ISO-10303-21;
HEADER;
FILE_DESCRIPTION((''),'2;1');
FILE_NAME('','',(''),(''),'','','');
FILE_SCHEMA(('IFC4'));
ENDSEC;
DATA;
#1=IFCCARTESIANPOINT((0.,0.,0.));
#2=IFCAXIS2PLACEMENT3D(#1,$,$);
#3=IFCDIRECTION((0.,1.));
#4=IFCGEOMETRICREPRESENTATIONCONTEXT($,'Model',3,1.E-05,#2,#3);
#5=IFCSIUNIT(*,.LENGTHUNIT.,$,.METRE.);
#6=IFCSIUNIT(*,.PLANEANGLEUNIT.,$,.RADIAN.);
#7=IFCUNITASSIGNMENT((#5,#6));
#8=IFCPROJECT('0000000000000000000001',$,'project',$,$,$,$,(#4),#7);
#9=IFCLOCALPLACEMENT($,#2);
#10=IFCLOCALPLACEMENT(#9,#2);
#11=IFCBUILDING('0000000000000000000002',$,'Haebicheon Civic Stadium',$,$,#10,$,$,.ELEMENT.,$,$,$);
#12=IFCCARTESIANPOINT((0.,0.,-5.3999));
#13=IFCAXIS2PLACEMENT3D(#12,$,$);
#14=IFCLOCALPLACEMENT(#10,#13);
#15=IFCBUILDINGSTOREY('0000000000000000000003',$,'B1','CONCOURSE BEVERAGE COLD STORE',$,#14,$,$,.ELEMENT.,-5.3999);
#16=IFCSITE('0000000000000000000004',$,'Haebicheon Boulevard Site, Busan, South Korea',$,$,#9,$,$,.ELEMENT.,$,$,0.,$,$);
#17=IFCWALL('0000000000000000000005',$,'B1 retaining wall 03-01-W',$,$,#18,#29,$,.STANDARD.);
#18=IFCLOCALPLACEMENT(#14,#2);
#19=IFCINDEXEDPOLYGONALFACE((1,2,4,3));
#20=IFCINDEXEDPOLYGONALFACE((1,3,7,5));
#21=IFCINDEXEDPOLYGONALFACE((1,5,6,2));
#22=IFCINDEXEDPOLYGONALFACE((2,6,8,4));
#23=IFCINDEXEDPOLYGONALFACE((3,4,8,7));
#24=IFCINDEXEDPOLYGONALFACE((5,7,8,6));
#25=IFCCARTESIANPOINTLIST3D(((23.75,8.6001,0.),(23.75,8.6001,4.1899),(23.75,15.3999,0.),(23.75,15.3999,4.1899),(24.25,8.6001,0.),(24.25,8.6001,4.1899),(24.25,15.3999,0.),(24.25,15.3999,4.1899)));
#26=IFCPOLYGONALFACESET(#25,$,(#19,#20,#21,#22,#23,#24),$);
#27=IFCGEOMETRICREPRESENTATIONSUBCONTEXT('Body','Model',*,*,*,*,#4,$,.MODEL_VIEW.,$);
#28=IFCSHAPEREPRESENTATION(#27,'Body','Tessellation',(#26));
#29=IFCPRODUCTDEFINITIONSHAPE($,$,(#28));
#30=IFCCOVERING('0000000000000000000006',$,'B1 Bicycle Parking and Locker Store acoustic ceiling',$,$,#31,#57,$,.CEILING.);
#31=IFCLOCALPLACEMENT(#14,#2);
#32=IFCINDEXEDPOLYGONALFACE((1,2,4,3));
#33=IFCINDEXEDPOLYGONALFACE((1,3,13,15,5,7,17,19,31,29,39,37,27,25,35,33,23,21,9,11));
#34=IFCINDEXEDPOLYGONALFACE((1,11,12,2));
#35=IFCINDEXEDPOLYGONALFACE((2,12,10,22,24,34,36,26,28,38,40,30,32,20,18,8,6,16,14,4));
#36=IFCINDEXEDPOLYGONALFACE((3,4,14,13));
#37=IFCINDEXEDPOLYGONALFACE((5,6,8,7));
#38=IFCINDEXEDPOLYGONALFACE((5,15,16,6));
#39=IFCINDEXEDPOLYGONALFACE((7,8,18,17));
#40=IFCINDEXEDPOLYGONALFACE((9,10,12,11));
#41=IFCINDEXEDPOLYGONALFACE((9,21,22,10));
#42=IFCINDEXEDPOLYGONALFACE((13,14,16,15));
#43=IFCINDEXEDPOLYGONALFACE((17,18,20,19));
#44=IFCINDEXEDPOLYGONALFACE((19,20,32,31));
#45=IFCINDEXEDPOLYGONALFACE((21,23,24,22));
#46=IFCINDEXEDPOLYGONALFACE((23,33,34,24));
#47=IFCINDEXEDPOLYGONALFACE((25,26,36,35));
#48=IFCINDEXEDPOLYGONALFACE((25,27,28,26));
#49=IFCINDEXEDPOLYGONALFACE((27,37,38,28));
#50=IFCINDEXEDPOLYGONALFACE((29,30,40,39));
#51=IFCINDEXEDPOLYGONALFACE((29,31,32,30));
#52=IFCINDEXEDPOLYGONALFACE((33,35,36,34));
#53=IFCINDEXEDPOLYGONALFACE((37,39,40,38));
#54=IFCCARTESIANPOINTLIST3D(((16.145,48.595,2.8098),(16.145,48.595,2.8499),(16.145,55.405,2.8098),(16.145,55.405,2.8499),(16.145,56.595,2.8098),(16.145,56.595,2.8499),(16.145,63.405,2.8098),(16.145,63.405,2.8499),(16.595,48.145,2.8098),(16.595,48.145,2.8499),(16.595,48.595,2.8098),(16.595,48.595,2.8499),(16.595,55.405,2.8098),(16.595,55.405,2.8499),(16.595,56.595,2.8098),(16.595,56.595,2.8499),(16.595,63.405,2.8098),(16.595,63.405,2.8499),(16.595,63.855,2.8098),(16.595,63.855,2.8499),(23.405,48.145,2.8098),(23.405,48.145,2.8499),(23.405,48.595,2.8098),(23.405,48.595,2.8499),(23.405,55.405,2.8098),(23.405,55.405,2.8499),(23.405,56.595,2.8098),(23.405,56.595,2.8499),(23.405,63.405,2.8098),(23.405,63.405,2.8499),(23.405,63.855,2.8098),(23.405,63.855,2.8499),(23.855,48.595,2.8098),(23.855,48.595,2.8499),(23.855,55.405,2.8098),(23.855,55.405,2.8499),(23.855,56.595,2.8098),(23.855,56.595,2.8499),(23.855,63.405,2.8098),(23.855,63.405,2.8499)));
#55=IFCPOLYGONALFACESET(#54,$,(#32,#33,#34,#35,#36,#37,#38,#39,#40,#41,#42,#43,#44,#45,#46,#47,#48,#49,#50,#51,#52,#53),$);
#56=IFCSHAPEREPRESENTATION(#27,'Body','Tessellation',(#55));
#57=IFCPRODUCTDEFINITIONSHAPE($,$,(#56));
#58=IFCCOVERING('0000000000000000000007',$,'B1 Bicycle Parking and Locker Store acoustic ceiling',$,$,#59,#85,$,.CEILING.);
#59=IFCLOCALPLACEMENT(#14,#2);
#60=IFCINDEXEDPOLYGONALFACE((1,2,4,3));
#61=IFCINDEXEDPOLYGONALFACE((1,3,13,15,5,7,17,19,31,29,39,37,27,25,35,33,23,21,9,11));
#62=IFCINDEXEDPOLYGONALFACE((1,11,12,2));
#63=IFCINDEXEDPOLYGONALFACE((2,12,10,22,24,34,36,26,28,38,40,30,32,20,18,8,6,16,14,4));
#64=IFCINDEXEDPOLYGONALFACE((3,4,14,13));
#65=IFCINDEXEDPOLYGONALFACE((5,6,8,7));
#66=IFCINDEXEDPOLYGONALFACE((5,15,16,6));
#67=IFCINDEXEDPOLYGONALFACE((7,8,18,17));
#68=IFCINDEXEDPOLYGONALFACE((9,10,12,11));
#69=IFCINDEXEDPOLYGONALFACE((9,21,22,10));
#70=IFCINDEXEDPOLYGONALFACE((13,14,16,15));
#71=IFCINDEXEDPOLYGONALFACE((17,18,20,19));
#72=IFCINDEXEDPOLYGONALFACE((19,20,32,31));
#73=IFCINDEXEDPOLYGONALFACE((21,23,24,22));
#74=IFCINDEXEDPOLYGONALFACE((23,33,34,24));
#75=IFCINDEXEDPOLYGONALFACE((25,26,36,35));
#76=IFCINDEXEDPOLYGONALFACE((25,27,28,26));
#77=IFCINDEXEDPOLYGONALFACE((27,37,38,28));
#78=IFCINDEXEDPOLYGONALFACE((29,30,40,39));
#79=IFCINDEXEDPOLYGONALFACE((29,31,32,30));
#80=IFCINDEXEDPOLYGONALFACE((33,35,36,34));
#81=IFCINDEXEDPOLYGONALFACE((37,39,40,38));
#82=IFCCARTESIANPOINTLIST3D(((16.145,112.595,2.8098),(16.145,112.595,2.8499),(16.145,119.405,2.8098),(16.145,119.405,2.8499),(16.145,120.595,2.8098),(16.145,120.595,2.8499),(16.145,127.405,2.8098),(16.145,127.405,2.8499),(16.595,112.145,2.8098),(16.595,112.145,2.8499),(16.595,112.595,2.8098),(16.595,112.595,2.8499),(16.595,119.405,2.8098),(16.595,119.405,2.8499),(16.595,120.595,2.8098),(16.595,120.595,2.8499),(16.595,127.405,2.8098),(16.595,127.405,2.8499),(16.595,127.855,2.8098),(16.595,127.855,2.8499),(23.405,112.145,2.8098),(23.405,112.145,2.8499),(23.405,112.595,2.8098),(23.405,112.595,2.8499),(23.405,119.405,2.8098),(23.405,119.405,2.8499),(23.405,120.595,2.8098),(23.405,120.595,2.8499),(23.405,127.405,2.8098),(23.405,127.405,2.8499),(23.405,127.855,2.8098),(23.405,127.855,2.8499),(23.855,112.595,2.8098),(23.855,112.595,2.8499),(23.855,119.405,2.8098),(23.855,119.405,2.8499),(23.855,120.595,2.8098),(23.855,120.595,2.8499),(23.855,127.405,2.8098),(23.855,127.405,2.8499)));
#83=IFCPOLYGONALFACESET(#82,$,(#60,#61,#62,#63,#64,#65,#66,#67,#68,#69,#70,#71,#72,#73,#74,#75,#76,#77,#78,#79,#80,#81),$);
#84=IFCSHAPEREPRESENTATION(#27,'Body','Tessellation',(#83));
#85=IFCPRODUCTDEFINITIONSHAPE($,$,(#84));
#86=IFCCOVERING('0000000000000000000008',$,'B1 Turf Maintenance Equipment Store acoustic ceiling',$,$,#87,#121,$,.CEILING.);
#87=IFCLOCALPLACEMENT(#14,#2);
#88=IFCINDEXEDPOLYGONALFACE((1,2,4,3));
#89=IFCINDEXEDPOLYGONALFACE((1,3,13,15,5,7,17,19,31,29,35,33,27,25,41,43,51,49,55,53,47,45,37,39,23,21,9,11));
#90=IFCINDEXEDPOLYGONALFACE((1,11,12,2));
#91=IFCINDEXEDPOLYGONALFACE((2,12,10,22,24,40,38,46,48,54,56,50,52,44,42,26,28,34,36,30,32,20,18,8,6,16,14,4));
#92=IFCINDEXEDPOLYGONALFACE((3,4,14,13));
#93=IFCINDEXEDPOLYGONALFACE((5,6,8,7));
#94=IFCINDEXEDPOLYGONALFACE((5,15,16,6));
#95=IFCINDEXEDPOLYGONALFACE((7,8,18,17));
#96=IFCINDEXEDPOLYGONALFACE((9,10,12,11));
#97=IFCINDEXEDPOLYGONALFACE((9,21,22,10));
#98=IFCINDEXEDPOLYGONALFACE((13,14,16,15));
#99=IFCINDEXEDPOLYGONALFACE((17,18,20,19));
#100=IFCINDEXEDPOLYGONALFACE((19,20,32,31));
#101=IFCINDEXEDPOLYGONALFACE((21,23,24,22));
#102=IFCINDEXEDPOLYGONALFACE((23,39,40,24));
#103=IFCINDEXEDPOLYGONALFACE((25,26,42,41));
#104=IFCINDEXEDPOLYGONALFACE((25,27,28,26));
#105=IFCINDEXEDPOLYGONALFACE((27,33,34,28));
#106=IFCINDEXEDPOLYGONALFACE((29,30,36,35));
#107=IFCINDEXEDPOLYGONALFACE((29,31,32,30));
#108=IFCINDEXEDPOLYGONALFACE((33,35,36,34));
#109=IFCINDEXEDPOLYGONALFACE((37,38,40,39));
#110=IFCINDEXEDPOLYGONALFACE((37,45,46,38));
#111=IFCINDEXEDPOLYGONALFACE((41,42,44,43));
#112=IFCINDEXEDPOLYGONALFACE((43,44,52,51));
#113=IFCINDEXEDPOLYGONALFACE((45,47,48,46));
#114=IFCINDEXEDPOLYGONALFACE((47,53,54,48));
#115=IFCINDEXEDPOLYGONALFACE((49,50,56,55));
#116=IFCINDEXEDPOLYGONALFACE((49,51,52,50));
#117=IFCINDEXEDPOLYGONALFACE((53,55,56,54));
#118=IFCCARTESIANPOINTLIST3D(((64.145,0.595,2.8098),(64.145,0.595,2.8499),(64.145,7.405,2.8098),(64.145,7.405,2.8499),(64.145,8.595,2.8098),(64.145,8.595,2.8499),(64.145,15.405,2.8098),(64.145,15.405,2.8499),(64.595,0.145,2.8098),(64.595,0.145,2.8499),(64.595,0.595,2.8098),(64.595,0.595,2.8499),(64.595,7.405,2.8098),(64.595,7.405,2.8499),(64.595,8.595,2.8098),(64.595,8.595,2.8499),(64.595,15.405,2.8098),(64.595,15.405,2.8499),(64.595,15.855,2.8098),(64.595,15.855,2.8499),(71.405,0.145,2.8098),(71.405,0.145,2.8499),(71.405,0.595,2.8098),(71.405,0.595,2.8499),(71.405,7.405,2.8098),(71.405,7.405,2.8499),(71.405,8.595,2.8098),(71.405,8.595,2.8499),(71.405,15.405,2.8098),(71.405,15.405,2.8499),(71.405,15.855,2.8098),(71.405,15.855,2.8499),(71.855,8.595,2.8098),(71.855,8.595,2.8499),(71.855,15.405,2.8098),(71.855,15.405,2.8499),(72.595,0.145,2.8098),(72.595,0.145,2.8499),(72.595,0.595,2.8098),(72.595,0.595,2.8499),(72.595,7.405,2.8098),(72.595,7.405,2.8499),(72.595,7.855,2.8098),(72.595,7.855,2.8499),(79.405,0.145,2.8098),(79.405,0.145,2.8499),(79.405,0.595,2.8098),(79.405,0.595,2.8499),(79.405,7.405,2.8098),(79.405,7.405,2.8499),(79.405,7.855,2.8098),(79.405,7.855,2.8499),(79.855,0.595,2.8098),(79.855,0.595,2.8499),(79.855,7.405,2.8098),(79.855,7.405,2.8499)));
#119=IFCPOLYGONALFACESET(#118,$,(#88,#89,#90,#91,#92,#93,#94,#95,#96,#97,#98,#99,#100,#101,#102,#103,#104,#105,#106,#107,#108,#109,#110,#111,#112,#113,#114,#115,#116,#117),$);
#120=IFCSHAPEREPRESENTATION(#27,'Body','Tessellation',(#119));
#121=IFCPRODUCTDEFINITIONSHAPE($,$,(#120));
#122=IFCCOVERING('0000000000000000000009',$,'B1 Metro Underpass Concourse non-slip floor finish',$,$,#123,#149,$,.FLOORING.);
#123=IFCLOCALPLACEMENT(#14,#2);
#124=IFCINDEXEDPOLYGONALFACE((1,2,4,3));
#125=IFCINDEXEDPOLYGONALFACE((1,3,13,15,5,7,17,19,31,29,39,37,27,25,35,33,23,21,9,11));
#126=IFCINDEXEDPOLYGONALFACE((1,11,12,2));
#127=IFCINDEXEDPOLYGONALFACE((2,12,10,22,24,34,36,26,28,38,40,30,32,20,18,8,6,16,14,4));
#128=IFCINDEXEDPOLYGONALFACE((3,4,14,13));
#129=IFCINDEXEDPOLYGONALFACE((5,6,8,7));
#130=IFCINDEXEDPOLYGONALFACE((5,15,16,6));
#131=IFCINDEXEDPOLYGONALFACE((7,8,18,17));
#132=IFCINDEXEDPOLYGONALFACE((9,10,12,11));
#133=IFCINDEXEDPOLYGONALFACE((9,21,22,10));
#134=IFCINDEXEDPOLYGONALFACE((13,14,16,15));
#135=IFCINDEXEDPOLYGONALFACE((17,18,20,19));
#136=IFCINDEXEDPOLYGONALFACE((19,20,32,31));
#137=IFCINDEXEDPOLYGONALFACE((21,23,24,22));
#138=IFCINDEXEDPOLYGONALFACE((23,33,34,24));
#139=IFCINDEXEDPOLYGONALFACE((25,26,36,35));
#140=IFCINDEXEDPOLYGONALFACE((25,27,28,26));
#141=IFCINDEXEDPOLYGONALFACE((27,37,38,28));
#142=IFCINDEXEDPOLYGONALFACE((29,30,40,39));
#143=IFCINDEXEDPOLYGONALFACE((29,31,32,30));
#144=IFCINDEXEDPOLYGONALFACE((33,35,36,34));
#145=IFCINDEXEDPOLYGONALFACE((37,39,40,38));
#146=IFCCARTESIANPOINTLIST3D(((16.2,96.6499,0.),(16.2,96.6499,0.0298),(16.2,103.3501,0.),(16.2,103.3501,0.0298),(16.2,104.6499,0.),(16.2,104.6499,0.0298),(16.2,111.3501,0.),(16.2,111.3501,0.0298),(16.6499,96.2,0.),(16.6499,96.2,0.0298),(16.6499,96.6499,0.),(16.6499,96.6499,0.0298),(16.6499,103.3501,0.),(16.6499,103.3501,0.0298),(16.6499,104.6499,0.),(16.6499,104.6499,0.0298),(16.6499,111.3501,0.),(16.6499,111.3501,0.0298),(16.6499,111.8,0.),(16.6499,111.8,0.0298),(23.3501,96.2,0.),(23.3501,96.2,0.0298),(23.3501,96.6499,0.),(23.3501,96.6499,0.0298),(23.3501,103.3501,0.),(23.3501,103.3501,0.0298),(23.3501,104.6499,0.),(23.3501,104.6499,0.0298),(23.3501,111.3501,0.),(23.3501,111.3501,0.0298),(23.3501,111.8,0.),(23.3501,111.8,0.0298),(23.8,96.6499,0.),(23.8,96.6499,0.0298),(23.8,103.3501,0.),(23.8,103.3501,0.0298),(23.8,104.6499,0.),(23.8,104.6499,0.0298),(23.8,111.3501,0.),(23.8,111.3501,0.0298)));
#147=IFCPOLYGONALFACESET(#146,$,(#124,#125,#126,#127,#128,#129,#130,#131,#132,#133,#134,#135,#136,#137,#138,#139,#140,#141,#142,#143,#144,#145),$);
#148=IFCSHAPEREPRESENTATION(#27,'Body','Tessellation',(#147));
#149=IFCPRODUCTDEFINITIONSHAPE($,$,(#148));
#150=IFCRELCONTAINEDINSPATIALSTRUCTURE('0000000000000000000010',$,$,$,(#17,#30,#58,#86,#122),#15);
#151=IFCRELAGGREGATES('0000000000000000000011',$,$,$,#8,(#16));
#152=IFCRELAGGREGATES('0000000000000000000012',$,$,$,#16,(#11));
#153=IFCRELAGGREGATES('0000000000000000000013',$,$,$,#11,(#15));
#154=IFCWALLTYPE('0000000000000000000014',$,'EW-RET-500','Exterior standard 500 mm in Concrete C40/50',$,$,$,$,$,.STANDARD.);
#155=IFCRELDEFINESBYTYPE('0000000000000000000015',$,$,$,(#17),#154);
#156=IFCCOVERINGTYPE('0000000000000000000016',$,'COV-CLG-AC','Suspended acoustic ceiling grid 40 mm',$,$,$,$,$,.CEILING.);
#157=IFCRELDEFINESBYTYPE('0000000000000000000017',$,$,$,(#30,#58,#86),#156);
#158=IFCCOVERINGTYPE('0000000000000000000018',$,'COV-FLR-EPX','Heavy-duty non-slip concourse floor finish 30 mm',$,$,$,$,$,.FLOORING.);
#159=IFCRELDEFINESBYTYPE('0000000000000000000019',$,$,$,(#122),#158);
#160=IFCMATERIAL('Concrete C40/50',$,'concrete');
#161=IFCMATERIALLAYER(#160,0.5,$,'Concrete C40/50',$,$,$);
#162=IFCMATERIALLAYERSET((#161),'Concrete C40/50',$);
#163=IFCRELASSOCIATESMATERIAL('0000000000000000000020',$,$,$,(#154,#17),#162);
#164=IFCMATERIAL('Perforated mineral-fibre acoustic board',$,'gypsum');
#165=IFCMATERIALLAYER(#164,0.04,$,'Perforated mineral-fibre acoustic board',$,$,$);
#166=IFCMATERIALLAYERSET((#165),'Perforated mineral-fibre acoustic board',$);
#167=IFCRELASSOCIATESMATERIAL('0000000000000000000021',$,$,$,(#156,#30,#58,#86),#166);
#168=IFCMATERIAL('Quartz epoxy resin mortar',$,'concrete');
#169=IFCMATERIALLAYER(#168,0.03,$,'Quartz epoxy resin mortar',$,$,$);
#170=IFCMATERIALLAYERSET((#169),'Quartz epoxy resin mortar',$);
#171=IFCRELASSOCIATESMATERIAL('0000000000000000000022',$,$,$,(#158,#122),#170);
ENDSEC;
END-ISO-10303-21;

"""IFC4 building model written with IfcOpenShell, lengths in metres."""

from ifc_helpers import new_model, si_unit, direction, frame, frame_2d, origin, place, context, subcontext, project, spatial, polyline, rectangle, outline, extrude, material, layer, layer_set, type_object, element, save


model = new_model("IFC4")

# Units and contexts
model_context = context("Model", 3, precision=1e-05, world=origin(), true_north=direction((0.0, 1.0)))
body_context = subcontext(model_context, "Body", "Model", "MODEL_VIEW")
ifc_project = project(units=[si_unit("LENGTHUNIT", "METRE"), si_unit("PLANEANGLEUNIT", "RADIAN")], contexts=[model_context])

# Site, building, storey
site_placement = place(None, origin())
site = spatial("IfcSite", under=ifc_project, at=site_placement, Name="Haebicheon Boulevard Site, Busan, South Korea", CompositionType="ELEMENT", RefElevation=0.0)
building_placement = place(site_placement, origin())
building = spatial("IfcBuilding", under=site, at=building_placement, Name="Haebicheon Civic Stadium", CompositionType="ELEMENT")
storey_placement = place(building_placement, frame((0.0, 0.0, -5.3999)))
storey = spatial("IfcBuildingStorey", under=building, at=storey_placement, Name="B1", Description="CONCOURSE BEVERAGE COLD STORE", CompositionType="ELEMENT", Elevation=-5.3999)

# Wall
ifc_material_1 = material(Name="Concrete C40/50", Category="concrete")
ifc_layer_1 = layer(ifc_material_1, 0.5, Name="Concrete C40/50")
ifc_layer_set_1 = layer_set([ifc_layer_1], Name="Concrete C40/50")
wall_type_1 = type_object("IfcWallType", Name="EW-RET-500", Description="Exterior standard 500 mm in Concrete C40/50", PredefinedType="STANDARD", material=ifc_layer_set_1)
wall_1_placement = place(storey_placement, frame((24.0, 8.6001, 0.0), z_axis=(0.0, 0.0, 1.0), x_axis=(0.0, 1.0, 0.0)))
element("IfcWall", 1, at=wall_1_placement, inside=storey, type_object=wall_type_1, material=ifc_layer_set_1, Name="B1 retaining wall 03-01-W", PredefinedType="STANDARD", context=body_context, shape_type="SweptSolid", body=[
    extrude(rectangle(XDim=6.7998, YDim=0.5, at=frame_2d((3.3999, 0.0))), origin(), (0.0, 0.0, 1.0), 4.1899),
])

# Coverings
ifc_material_2 = material(Name="Perforated mineral-fibre acoustic board", Category="gypsum")
ifc_layer_2 = layer(ifc_material_2, 0.04, Name="Perforated mineral-fibre acoustic board")
ifc_layer_set_2 = layer_set([ifc_layer_2], Name="Perforated mineral-fibre acoustic board")
covering_type_1 = type_object("IfcCoveringType", Name="COV-CLG-AC", Description="Suspended acoustic ceiling grid 40 mm", PredefinedType="CEILING", material=ifc_layer_set_2)
covering_1_placement = place(storey_placement, frame((0.0, 0.0, 2.8098)))
element("IfcCovering", 2, at=covering_1_placement, inside=storey, type_object=covering_type_1, material=ifc_layer_set_2, Name="B1 Bicycle Parking and Locker Store acoustic ceiling", PredefinedType="CEILING", context=body_context, shape_type="SweptSolid", body=[
    extrude(outline(polyline([(16.595, 48.145), (16.595, 48.595), (16.145, 48.595), (16.145, 55.405), (16.595, 55.405), (16.595, 56.595), (16.145, 56.595), (16.145, 63.405), (16.595, 63.405), (16.595, 63.855), (23.405, 63.855), (23.405, 63.405), (23.855, 63.405), (23.855, 56.595), (23.405, 56.595), (23.405, 55.405), (23.855, 55.405), (23.855, 48.595), (23.405, 48.595), (23.405, 48.145), (16.595, 48.145)])), origin(), (0.0, 0.0, 1.0), 0.04),
])
covering_2_placement = place(storey_placement, frame((0.0, 0.0, 2.8098)))
element("IfcCovering", 3, at=covering_2_placement, inside=storey, type_object=covering_type_1, material=ifc_layer_set_2, Name="B1 Bicycle Parking and Locker Store acoustic ceiling", PredefinedType="CEILING", context=body_context, shape_type="SweptSolid", body=[
    extrude(outline(polyline([(16.595, 112.145), (16.595, 112.595), (16.145, 112.595), (16.145, 119.405), (16.595, 119.405), (16.595, 120.595), (16.145, 120.595), (16.145, 127.405), (16.595, 127.405), (16.595, 127.855), (23.405, 127.855), (23.405, 127.405), (23.855, 127.405), (23.855, 120.595), (23.405, 120.595), (23.405, 119.405), (23.855, 119.405), (23.855, 112.595), (23.405, 112.595), (23.405, 112.145), (16.595, 112.145)])), origin(), (0.0, 0.0, 1.0), 0.04),
])
covering_3_placement = place(storey_placement, frame((0.0, 0.0, 2.8098)))
element("IfcCovering", 4, at=covering_3_placement, inside=storey, type_object=covering_type_1, material=ifc_layer_set_2, Name="B1 Turf Maintenance Equipment Store acoustic ceiling", PredefinedType="CEILING", context=body_context, shape_type="SweptSolid", body=[
    extrude(outline(polyline([(64.145, 7.405), (64.595, 7.405), (64.595, 8.595), (64.145, 8.595), (64.145, 15.405), (64.595, 15.405), (64.595, 15.855), (71.405, 15.855), (71.405, 15.405), (71.855, 15.405), (71.855, 8.595), (71.405, 8.595), (71.405, 7.405), (72.595, 7.405), (72.595, 7.855), (79.405, 7.855), (79.405, 7.405), (79.855, 7.405), (79.855, 0.595), (79.405, 0.595), (79.405, 0.145), (72.595, 0.145), (72.595, 0.595), (71.405, 0.595), (71.405, 0.145), (64.595, 0.145), (64.595, 0.595), (64.145, 0.595), (64.145, 7.405)])), origin(), (0.0, 0.0, 1.0), 0.04),
])
ifc_material_3 = material(Name="Quartz epoxy resin mortar", Category="concrete")
ifc_layer_3 = layer(ifc_material_3, 0.03, Name="Quartz epoxy resin mortar")
ifc_layer_set_3 = layer_set([ifc_layer_3], Name="Quartz epoxy resin mortar")
covering_type_2 = type_object("IfcCoveringType", Name="COV-FLR-EPX", Description="Heavy-duty non-slip concourse floor finish 30 mm", PredefinedType="FLOORING", material=ifc_layer_set_3)
covering_4_placement = place(storey_placement, origin())
element("IfcCovering", 5, at=covering_4_placement, inside=storey, type_object=covering_type_2, material=ifc_layer_set_3, Name="B1 Metro Underpass Concourse non-slip floor finish", PredefinedType="FLOORING", context=body_context, shape_type="SweptSolid", body=[
    extrude(outline(polyline([(16.6499, 96.2), (16.6499, 96.6499), (16.2, 96.6499), (16.2, 103.3501), (16.6499, 103.3501), (16.6499, 104.6499), (16.2, 104.6499), (16.2, 111.3501), (16.6499, 111.3501), (16.6499, 111.8), (23.3501, 111.8), (23.3501, 111.3501), (23.8, 111.3501), (23.8, 104.6499), (23.3501, 104.6499), (23.3501, 103.3501), (23.8, 103.3501), (23.8, 96.6499), (23.3501, 96.6499), (23.3501, 96.2), (16.6499, 96.2)])), origin(), (0.0, 0.0, 1.0), 0.0298),
])

save(model, "model.ifc")
